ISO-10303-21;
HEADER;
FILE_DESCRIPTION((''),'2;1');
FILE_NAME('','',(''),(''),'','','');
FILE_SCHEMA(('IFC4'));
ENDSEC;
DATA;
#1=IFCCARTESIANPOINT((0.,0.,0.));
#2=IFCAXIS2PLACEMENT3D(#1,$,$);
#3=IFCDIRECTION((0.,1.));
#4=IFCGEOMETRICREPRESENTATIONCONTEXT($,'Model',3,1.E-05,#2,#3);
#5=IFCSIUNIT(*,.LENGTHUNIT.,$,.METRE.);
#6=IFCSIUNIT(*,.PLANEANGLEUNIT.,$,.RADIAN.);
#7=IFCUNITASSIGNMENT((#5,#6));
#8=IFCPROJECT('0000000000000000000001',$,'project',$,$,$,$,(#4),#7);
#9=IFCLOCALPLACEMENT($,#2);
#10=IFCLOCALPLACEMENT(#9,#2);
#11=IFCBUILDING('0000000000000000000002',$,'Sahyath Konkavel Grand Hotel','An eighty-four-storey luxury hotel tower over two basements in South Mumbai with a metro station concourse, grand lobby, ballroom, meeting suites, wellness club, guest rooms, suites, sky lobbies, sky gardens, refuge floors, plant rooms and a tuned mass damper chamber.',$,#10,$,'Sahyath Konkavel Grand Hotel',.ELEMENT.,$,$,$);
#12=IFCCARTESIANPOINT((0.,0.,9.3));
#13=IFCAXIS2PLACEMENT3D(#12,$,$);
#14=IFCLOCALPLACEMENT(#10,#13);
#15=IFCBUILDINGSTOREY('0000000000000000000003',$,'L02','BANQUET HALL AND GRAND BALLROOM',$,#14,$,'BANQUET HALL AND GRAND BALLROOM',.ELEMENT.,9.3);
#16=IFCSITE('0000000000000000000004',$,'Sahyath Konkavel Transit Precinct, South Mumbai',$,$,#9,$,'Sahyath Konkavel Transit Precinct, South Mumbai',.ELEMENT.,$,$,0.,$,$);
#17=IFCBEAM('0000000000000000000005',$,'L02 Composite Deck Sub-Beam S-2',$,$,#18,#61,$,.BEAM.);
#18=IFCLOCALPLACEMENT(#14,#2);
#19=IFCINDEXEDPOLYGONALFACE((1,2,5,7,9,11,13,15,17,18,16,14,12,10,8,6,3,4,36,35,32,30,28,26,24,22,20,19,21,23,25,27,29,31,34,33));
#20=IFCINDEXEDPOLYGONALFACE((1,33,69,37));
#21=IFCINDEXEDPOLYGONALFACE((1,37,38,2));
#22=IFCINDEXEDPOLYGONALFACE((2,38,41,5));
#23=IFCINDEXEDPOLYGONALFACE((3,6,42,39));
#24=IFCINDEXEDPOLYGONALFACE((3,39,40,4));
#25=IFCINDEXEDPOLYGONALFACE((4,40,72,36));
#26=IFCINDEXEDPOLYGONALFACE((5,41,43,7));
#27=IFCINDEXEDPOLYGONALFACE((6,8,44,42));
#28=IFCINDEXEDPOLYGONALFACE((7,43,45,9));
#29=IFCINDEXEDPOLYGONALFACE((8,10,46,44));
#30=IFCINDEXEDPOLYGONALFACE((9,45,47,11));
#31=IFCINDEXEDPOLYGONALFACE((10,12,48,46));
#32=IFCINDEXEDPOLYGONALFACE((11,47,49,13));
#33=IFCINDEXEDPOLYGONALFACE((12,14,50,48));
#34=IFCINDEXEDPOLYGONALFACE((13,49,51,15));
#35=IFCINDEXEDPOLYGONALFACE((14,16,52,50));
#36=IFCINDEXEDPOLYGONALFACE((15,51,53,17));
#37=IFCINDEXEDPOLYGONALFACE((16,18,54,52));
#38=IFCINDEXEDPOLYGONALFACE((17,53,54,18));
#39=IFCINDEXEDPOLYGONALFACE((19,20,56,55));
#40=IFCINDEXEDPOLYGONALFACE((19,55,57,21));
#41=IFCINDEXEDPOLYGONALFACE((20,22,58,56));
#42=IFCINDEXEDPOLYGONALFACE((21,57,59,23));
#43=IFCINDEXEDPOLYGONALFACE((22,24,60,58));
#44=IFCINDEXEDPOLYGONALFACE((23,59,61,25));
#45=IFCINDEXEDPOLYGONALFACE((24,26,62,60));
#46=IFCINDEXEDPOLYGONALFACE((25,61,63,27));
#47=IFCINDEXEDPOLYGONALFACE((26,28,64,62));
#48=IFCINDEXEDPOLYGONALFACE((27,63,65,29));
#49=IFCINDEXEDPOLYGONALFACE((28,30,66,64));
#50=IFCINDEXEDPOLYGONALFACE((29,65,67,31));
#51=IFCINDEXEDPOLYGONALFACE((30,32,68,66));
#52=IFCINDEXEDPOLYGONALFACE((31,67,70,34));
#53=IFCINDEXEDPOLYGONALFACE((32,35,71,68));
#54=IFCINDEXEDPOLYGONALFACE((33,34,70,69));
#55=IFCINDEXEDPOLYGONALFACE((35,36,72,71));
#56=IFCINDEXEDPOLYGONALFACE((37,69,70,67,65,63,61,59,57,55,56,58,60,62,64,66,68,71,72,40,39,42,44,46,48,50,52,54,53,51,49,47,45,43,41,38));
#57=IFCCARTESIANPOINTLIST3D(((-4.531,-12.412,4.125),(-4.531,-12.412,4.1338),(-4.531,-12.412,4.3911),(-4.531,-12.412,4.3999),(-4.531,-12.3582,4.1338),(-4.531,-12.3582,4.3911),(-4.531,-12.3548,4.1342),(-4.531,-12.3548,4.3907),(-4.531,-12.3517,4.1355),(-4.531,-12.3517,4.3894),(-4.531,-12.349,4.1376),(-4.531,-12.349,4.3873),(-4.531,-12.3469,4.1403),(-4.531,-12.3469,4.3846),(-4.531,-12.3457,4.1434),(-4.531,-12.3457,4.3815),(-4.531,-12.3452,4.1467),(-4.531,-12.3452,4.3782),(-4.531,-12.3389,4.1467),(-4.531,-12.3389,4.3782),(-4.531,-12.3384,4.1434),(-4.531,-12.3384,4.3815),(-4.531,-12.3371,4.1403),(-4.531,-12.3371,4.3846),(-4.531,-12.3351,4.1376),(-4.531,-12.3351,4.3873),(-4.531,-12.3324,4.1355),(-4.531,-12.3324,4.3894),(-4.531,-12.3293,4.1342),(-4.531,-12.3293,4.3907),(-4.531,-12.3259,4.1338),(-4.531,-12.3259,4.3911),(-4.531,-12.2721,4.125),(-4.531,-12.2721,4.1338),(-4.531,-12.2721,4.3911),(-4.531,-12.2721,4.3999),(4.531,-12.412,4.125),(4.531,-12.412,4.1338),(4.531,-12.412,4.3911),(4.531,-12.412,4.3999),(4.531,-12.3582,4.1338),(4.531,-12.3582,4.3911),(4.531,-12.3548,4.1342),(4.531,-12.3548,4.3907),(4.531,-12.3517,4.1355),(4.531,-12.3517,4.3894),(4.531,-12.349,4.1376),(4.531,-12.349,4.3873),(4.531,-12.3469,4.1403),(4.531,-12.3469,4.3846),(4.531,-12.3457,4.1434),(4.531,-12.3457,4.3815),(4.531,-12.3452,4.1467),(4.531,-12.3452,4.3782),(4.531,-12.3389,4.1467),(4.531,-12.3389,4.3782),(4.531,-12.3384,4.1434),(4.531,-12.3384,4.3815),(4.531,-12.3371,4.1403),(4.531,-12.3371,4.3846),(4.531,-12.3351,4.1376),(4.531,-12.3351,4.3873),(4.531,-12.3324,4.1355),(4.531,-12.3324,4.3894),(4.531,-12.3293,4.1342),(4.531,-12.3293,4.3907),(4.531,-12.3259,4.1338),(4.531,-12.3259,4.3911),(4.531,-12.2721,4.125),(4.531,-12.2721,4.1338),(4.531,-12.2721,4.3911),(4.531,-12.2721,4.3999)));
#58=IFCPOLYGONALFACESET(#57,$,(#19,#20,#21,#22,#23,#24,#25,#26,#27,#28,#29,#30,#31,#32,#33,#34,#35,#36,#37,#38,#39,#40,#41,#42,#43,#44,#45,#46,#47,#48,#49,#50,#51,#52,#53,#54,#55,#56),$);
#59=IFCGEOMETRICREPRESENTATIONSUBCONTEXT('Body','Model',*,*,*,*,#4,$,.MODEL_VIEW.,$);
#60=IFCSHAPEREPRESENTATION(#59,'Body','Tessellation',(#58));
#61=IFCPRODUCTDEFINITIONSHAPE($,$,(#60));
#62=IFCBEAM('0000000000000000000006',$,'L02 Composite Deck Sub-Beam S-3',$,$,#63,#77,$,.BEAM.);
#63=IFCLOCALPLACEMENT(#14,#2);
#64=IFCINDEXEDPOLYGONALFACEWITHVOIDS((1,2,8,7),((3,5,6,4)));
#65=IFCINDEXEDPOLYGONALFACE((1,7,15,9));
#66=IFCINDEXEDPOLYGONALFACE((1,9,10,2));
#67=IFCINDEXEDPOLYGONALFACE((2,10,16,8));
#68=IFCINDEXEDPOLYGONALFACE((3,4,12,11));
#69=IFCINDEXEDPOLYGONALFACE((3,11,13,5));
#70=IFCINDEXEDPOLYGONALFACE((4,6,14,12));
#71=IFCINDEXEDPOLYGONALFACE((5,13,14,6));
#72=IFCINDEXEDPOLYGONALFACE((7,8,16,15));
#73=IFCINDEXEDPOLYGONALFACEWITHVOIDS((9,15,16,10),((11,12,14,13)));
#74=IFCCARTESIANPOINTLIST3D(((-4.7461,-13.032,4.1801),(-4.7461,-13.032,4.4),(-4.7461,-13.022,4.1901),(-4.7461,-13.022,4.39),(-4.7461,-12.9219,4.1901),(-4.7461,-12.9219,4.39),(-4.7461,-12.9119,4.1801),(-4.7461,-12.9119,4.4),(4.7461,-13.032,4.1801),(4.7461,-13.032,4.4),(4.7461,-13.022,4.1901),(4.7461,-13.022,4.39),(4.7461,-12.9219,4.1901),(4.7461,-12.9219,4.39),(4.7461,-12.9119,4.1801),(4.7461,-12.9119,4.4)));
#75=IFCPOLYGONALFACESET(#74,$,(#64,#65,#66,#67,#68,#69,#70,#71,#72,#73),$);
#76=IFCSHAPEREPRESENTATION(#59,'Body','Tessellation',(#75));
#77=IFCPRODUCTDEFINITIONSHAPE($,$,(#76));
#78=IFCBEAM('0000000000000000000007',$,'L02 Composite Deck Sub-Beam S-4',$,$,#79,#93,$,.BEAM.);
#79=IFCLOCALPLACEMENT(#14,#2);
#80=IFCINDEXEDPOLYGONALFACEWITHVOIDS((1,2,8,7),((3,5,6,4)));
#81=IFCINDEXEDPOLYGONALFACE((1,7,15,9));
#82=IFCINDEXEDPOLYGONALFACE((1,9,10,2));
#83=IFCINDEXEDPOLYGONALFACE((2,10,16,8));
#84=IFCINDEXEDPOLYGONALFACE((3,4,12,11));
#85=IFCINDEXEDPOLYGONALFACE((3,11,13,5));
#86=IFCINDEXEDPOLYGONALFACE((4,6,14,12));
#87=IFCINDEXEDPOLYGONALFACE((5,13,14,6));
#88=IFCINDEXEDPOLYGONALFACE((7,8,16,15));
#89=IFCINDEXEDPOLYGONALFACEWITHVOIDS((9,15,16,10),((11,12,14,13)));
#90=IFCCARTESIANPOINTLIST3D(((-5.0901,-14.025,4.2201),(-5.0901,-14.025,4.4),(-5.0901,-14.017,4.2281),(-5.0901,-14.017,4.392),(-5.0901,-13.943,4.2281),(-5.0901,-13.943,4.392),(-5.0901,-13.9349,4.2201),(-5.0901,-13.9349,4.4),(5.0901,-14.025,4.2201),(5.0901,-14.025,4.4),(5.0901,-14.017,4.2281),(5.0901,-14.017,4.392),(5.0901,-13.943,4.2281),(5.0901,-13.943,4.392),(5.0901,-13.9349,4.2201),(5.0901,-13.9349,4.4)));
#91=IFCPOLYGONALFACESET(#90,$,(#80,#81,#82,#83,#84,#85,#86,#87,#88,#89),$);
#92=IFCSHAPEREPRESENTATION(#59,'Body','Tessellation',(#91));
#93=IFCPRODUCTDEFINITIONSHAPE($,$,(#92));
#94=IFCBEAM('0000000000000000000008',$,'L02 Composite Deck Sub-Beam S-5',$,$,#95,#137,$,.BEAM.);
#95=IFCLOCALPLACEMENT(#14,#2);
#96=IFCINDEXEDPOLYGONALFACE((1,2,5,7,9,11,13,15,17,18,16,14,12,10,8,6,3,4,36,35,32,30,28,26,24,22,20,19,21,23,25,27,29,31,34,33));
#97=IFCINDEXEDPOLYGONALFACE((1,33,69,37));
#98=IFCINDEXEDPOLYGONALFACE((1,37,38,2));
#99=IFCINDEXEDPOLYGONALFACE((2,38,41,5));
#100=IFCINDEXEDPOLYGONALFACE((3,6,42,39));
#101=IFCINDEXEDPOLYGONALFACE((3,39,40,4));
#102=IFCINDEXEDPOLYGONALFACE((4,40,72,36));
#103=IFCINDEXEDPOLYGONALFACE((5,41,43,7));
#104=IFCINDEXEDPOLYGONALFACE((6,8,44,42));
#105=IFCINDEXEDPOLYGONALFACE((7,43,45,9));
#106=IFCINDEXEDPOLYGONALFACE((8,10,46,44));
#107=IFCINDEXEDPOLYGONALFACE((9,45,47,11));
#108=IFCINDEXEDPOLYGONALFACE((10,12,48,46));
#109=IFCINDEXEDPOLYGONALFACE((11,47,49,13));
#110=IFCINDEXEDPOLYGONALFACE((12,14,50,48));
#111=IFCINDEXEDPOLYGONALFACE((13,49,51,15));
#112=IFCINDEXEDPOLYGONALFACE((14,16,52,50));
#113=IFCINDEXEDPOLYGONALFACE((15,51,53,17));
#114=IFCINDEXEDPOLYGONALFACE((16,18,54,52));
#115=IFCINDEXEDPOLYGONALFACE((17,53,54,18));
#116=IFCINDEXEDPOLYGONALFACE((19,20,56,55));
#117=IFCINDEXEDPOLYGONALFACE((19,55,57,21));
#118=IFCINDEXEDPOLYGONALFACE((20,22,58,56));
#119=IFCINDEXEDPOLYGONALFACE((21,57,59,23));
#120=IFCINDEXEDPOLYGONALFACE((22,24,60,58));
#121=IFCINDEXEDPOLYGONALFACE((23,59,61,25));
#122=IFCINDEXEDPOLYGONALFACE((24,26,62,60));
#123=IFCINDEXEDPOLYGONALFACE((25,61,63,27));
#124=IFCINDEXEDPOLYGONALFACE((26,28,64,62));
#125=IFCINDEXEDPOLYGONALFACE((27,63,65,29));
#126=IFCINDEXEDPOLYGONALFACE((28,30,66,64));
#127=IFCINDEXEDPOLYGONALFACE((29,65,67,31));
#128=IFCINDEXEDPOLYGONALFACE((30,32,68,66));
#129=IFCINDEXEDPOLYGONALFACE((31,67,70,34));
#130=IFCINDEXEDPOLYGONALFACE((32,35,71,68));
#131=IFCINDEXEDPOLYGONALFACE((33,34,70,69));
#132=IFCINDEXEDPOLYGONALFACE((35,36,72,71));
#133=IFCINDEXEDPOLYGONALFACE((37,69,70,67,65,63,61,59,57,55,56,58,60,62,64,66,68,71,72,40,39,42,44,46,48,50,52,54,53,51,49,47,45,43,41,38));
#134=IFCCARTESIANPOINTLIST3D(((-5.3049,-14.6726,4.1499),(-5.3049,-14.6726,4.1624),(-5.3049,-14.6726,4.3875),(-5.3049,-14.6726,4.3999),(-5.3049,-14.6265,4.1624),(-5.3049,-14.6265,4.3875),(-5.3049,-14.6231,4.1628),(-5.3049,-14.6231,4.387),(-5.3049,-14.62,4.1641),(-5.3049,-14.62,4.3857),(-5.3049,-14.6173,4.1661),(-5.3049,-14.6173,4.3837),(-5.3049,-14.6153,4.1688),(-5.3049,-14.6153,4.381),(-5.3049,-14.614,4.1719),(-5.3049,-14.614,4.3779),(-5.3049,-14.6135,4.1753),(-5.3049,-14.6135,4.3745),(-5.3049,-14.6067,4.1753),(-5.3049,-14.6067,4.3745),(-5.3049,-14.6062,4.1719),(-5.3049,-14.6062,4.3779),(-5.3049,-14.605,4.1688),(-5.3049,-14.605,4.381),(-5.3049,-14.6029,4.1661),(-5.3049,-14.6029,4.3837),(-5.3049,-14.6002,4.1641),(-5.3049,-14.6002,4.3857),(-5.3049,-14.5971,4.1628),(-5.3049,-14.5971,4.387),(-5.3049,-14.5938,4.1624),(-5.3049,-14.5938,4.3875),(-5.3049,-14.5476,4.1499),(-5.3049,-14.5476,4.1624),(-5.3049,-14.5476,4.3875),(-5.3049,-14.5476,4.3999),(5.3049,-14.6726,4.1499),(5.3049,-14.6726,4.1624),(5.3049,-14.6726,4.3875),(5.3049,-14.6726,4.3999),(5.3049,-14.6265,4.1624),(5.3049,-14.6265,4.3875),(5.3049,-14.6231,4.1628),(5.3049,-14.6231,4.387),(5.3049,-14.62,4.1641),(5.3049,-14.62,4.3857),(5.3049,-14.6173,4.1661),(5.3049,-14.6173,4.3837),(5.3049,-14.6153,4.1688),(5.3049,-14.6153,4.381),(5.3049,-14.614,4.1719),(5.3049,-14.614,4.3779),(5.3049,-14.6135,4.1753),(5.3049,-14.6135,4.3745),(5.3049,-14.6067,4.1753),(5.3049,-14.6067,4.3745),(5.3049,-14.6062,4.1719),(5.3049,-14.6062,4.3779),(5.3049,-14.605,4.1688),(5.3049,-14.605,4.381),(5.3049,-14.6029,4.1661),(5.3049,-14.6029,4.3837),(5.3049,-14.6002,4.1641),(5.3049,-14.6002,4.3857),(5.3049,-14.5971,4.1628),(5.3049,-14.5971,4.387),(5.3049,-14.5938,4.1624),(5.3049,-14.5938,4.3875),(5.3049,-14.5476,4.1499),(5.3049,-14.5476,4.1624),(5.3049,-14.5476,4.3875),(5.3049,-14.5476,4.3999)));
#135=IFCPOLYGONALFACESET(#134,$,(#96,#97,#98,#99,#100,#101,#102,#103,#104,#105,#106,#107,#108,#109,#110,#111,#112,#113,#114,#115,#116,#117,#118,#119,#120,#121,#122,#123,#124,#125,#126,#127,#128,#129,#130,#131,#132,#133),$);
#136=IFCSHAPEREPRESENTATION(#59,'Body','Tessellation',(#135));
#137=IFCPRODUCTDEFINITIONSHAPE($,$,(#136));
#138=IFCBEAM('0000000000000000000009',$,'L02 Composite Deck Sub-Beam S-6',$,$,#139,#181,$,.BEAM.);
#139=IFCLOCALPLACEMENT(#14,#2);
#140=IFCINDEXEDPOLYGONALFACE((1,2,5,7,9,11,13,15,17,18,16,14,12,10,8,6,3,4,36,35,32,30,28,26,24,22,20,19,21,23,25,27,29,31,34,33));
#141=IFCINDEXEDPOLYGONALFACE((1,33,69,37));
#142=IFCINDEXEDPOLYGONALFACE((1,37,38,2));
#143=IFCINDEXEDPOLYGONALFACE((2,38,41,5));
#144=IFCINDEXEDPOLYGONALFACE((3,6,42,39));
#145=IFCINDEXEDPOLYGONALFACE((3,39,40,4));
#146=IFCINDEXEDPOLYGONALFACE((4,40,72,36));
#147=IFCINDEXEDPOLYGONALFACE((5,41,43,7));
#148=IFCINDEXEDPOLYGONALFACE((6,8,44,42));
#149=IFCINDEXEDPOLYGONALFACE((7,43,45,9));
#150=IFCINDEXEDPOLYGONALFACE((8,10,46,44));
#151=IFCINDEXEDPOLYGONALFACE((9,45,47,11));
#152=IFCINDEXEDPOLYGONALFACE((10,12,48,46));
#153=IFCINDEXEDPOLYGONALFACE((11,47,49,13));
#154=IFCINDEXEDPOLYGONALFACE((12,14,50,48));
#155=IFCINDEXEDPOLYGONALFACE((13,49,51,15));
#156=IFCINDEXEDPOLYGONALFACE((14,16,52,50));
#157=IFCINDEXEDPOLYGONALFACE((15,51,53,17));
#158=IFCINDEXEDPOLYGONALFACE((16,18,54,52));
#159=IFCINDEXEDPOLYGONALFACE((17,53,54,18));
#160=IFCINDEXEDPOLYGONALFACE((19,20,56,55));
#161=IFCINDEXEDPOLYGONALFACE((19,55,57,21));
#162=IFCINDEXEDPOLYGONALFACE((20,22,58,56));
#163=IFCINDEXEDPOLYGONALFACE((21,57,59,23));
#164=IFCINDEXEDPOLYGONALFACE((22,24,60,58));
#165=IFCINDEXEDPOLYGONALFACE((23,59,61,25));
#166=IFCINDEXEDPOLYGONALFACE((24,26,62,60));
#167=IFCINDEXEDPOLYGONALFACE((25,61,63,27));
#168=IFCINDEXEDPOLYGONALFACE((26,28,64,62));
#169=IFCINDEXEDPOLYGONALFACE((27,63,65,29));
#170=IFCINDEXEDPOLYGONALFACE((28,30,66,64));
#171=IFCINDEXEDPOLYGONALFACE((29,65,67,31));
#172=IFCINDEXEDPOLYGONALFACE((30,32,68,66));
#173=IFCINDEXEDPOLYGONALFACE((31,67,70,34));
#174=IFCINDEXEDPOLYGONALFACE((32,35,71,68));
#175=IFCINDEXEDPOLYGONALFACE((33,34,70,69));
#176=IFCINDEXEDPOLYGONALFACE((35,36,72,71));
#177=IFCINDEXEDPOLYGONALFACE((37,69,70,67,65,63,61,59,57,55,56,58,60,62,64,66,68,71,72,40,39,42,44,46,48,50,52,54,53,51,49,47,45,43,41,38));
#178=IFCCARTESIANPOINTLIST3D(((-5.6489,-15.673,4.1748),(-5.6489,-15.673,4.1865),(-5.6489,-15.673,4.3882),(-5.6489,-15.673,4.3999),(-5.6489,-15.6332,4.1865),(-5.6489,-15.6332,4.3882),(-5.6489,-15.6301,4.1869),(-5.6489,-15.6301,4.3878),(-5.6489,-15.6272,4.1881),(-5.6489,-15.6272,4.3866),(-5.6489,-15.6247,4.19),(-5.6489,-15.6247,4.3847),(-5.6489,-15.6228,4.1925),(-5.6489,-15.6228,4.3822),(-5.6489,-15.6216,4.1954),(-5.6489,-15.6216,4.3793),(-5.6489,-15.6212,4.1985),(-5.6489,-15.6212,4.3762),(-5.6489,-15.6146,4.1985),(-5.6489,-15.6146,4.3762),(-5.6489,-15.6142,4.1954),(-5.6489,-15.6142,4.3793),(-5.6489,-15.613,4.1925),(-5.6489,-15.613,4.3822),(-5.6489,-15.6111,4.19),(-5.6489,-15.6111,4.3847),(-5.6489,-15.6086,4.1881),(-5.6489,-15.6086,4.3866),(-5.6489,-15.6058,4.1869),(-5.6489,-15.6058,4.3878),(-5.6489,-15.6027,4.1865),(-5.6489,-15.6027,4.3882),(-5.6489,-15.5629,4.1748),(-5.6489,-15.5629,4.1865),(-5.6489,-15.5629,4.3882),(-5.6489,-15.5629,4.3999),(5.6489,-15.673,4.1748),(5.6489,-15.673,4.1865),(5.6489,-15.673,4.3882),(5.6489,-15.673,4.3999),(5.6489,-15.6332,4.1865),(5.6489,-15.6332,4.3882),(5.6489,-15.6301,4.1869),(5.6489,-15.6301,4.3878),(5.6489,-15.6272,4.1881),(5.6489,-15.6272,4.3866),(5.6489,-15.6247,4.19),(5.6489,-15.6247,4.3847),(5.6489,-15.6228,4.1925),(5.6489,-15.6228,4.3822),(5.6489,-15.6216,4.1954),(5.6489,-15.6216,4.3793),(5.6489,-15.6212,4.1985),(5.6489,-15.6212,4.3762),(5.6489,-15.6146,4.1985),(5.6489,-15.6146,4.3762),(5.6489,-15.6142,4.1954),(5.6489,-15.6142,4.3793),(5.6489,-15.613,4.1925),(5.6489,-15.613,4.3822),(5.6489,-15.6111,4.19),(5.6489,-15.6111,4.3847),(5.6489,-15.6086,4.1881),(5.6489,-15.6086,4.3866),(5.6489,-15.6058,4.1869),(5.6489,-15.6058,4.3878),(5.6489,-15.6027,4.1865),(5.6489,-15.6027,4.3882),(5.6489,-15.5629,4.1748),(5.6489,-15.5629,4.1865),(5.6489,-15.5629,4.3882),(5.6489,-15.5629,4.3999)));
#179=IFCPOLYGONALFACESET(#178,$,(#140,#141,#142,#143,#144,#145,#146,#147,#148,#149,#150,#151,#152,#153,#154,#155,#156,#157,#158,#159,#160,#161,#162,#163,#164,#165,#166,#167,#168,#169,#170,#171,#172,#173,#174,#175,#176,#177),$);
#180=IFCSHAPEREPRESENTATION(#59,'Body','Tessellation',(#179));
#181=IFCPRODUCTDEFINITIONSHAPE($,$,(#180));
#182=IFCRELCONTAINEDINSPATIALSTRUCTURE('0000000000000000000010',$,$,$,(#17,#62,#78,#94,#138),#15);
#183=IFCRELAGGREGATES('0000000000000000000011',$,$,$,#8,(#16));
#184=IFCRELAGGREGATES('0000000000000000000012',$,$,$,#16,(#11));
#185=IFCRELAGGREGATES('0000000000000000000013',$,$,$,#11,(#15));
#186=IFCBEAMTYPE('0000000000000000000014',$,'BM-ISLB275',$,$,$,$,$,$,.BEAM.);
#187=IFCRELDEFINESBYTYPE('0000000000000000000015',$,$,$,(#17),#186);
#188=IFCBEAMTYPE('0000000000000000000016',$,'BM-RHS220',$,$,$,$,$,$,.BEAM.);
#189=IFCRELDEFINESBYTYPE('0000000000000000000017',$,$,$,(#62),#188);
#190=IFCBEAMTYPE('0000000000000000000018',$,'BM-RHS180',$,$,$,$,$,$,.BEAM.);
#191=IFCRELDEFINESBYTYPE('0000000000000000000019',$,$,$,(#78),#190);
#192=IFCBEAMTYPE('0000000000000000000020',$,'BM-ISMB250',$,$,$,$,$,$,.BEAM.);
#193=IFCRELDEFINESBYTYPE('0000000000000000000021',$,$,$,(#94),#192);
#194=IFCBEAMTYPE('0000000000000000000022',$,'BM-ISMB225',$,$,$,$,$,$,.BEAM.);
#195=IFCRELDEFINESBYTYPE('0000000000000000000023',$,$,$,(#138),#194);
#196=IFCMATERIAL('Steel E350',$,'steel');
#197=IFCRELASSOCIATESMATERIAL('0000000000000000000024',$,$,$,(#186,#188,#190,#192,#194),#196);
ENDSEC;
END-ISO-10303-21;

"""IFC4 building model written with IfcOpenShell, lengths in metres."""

from ifc_helpers import new_model, si_unit, direction, frame, origin, origin_2d, place, context, subcontext, project, spatial, hollow_rectangle, i_section, extrude, source, transform, mapped, material, material_profile, profile_set, type_object, element, save


model = new_model("IFC4")

# Units and contexts
model_context = context("Model", 3, precision=1e-05, world=origin(), true_north=direction((0.0, 1.0)))
body_context = subcontext(model_context, "Body", "Model", "MODEL_VIEW")
ifc_project = project(units=[si_unit("LENGTHUNIT", "METRE"), si_unit("PLANEANGLEUNIT", "RADIAN")], contexts=[model_context])

# Site, building, storey
site_placement = place(None, origin())
site = spatial("IfcSite", under=ifc_project, at=site_placement, Name="Sahyath Konkavel Transit Precinct, South Mumbai", LongName="Sahyath Konkavel Transit Precinct, South Mumbai", CompositionType="ELEMENT", RefElevation=0.0)
building_placement = place(site_placement, origin())
building = spatial("IfcBuilding", under=site, at=building_placement, Name="Sahyath Konkavel Grand Hotel", Description="An eighty-four-storey luxury hotel tower over two basements in South Mumbai with a metro station concourse, grand lobby, ballroom, meeting suites, wellness club, guest rooms, suites, sky lobbies, sky gardens, refuge floors, plant rooms and a tuned mass damper chamber.", LongName="Sahyath Konkavel Grand Hotel", CompositionType="ELEMENT")
storey_placement = place(building_placement, frame((0.0, 0.0, 9.3)))
storey = spatial("IfcBuildingStorey", under=building, at=storey_placement, Name="L02", Description="BANQUET HALL AND GRAND BALLROOM", LongName="BANQUET HALL AND GRAND BALLROOM", CompositionType="ELEMENT", Elevation=9.3)

# Beams
ifc_material_1 = material(Name="Steel E350", Category="steel")
ifc_material_profile_1 = material_profile(ifc_material_1, i_section(OverallWidth=0.1399, OverallDepth=0.2749, WebThickness=0.0063, FlangeThickness=0.0088, FilletRadius=0.0129, at=origin_2d()), Name="ISLB 275")
ifc_profile_set_1 = profile_set([ifc_material_profile_1], Name="Steel E350")
beam_type_1 = type_object("IfcBeamType", Name="BM-ISLB275", PredefinedType="BEAM", material=ifc_profile_set_1)
shared_shape_1 = source(origin(), body_context, "Body", "SweptSolid", [
    extrude(i_section(OverallWidth=0.1399, OverallDepth=0.2749, WebThickness=0.0063, FlangeThickness=0.0088, FilletRadius=0.0129, at=origin_2d()), origin(), (0.0, 0.0, 1.0), 9.062),
])
beam_1_placement = place(storey_placement, frame((-4.531, -12.342, 4.2625), z_axis=(1.0, 0.0, 0.0), x_axis=(0.0, 1.0, 0.0)))
element("IfcBeam", 1, at=beam_1_placement, inside=storey, type_object=beam_type_1, Name="L02 Composite Deck Sub-Beam S-2", PredefinedType="BEAM", context=body_context, shape_type="MappedRepresentation", body=[
    mapped(shared_shape_1, transform((0.0, 0.0, 0.0), scale=1.0)),
])
ifc_material_profile_2 = material_profile(ifc_material_1, hollow_rectangle(XDim=0.1201, YDim=0.22, WallThickness=0.01, at=origin_2d()), Name="RHS 220x120x10")
ifc_profile_set_2 = profile_set([ifc_material_profile_2], Name="Steel E350")
beam_type_2 = type_object("IfcBeamType", Name="BM-RHS220", PredefinedType="BEAM", material=ifc_profile_set_2)
shared_shape_2 = source(origin(), body_context, "Body", "SweptSolid", [
    extrude(hollow_rectangle(XDim=0.1201, YDim=0.22, WallThickness=0.01, at=origin_2d()), origin(), (0.0, 0.0, 1.0), 9.4922),
])
beam_2_placement = place(storey_placement, frame((-4.7461, -12.9719, 4.29), z_axis=(1.0, 0.0, 0.0), x_axis=(0.0, 1.0, 0.0)))
element("IfcBeam", 2, at=beam_2_placement, inside=storey, type_object=beam_type_2, Name="L02 Composite Deck Sub-Beam S-3", PredefinedType="BEAM", context=body_context, shape_type="MappedRepresentation", body=[
    mapped(shared_shape_2, transform((0.0, 0.0, 0.0), scale=1.0)),
])
ifc_material_profile_3 = material_profile(ifc_material_1, hollow_rectangle(XDim=0.0901, YDim=0.1799, WallThickness=0.0081, at=origin_2d()), Name="RHS 180x90x8")
ifc_profile_set_3 = profile_set([ifc_material_profile_3], Name="Steel E350")
beam_type_3 = type_object("IfcBeamType", Name="BM-RHS180", PredefinedType="BEAM", material=ifc_profile_set_3)
shared_shape_3 = source(origin(), body_context, "Body", "SweptSolid", [
    extrude(hollow_rectangle(XDim=0.0901, YDim=0.1799, WallThickness=0.0081, at=origin_2d()), origin(), (0.0, 0.0, 1.0), 10.1802),
])
beam_3_placement = place(storey_placement, frame((-5.0901, -13.98, 4.3101), z_axis=(1.0, 0.0, 0.0), x_axis=(0.0, 1.0, 0.0)))
element("IfcBeam", 3, at=beam_3_placement, inside=storey, type_object=beam_type_3, Name="L02 Composite Deck Sub-Beam S-4", PredefinedType="BEAM", context=body_context, shape_type="MappedRepresentation", body=[
    mapped(shared_shape_3, transform((0.0, 0.0, 0.0), scale=1.0)),
])
ifc_material_profile_4 = material_profile(ifc_material_1, i_section(OverallWidth=0.125, OverallDepth=0.25, WebThickness=0.0068, FlangeThickness=0.0125, FilletRadius=0.0129, at=origin_2d()), Name="ISMB 250")
ifc_profile_set_4 = profile_set([ifc_material_profile_4], Name="Steel E350")
beam_type_4 = type_object("IfcBeamType", Name="BM-ISMB250", PredefinedType="BEAM", material=ifc_profile_set_4)
shared_shape_4 = source(origin(), body_context, "Body", "SweptSolid", [
    extrude(i_section(OverallWidth=0.125, OverallDepth=0.25, WebThickness=0.0068, FlangeThickness=0.0125, FilletRadius=0.0129, at=origin_2d()), origin(), (0.0, 0.0, 1.0), 10.6099),
])
beam_4_placement = place(storey_placement, frame((-5.3049, -14.6101, 4.2749), z_axis=(1.0, 0.0, 0.0), x_axis=(0.0, 1.0, 0.0)))
element("IfcBeam", 4, at=beam_4_placement, inside=storey, type_object=beam_type_4, Name="L02 Composite Deck Sub-Beam S-5", PredefinedType="BEAM", context=body_context, shape_type="MappedRepresentation", body=[
    mapped(shared_shape_4, transform((0.0, 0.0, 0.0), scale=1.0)),
])
ifc_material_profile_5 = material_profile(ifc_material_1, i_section(OverallWidth=0.1101, OverallDepth=0.2251, WebThickness=0.0066, FlangeThickness=0.0117, FilletRadius=0.012, at=origin_2d()), Name="ISMB 225")
ifc_profile_set_5 = profile_set([ifc_material_profile_5], Name="Steel E350")
beam_type_5 = type_object("IfcBeamType", Name="BM-ISMB225", PredefinedType="BEAM", material=ifc_profile_set_5)
shared_shape_5 = source(origin(), body_context, "Body", "SweptSolid", [
    extrude(i_section(OverallWidth=0.1101, OverallDepth=0.2251, WebThickness=0.0066, FlangeThickness=0.0117, FilletRadius=0.012, at=origin_2d()), origin(), (0.0, 0.0, 1.0), 11.2979),
])
beam_5_placement = place(storey_placement, frame((-5.6489, -15.6179, 4.2874), z_axis=(1.0, 0.0, 0.0), x_axis=(0.0, 1.0, 0.0)))
element("IfcBeam", 5, at=beam_5_placement, inside=storey, type_object=beam_type_5, Name="L02 Composite Deck Sub-Beam S-6", PredefinedType="BEAM", context=body_context, shape_type="MappedRepresentation", body=[
    mapped(shared_shape_5, transform((0.0, 0.0, 0.0), scale=1.0)),
])

save(model, "model.ifc")
